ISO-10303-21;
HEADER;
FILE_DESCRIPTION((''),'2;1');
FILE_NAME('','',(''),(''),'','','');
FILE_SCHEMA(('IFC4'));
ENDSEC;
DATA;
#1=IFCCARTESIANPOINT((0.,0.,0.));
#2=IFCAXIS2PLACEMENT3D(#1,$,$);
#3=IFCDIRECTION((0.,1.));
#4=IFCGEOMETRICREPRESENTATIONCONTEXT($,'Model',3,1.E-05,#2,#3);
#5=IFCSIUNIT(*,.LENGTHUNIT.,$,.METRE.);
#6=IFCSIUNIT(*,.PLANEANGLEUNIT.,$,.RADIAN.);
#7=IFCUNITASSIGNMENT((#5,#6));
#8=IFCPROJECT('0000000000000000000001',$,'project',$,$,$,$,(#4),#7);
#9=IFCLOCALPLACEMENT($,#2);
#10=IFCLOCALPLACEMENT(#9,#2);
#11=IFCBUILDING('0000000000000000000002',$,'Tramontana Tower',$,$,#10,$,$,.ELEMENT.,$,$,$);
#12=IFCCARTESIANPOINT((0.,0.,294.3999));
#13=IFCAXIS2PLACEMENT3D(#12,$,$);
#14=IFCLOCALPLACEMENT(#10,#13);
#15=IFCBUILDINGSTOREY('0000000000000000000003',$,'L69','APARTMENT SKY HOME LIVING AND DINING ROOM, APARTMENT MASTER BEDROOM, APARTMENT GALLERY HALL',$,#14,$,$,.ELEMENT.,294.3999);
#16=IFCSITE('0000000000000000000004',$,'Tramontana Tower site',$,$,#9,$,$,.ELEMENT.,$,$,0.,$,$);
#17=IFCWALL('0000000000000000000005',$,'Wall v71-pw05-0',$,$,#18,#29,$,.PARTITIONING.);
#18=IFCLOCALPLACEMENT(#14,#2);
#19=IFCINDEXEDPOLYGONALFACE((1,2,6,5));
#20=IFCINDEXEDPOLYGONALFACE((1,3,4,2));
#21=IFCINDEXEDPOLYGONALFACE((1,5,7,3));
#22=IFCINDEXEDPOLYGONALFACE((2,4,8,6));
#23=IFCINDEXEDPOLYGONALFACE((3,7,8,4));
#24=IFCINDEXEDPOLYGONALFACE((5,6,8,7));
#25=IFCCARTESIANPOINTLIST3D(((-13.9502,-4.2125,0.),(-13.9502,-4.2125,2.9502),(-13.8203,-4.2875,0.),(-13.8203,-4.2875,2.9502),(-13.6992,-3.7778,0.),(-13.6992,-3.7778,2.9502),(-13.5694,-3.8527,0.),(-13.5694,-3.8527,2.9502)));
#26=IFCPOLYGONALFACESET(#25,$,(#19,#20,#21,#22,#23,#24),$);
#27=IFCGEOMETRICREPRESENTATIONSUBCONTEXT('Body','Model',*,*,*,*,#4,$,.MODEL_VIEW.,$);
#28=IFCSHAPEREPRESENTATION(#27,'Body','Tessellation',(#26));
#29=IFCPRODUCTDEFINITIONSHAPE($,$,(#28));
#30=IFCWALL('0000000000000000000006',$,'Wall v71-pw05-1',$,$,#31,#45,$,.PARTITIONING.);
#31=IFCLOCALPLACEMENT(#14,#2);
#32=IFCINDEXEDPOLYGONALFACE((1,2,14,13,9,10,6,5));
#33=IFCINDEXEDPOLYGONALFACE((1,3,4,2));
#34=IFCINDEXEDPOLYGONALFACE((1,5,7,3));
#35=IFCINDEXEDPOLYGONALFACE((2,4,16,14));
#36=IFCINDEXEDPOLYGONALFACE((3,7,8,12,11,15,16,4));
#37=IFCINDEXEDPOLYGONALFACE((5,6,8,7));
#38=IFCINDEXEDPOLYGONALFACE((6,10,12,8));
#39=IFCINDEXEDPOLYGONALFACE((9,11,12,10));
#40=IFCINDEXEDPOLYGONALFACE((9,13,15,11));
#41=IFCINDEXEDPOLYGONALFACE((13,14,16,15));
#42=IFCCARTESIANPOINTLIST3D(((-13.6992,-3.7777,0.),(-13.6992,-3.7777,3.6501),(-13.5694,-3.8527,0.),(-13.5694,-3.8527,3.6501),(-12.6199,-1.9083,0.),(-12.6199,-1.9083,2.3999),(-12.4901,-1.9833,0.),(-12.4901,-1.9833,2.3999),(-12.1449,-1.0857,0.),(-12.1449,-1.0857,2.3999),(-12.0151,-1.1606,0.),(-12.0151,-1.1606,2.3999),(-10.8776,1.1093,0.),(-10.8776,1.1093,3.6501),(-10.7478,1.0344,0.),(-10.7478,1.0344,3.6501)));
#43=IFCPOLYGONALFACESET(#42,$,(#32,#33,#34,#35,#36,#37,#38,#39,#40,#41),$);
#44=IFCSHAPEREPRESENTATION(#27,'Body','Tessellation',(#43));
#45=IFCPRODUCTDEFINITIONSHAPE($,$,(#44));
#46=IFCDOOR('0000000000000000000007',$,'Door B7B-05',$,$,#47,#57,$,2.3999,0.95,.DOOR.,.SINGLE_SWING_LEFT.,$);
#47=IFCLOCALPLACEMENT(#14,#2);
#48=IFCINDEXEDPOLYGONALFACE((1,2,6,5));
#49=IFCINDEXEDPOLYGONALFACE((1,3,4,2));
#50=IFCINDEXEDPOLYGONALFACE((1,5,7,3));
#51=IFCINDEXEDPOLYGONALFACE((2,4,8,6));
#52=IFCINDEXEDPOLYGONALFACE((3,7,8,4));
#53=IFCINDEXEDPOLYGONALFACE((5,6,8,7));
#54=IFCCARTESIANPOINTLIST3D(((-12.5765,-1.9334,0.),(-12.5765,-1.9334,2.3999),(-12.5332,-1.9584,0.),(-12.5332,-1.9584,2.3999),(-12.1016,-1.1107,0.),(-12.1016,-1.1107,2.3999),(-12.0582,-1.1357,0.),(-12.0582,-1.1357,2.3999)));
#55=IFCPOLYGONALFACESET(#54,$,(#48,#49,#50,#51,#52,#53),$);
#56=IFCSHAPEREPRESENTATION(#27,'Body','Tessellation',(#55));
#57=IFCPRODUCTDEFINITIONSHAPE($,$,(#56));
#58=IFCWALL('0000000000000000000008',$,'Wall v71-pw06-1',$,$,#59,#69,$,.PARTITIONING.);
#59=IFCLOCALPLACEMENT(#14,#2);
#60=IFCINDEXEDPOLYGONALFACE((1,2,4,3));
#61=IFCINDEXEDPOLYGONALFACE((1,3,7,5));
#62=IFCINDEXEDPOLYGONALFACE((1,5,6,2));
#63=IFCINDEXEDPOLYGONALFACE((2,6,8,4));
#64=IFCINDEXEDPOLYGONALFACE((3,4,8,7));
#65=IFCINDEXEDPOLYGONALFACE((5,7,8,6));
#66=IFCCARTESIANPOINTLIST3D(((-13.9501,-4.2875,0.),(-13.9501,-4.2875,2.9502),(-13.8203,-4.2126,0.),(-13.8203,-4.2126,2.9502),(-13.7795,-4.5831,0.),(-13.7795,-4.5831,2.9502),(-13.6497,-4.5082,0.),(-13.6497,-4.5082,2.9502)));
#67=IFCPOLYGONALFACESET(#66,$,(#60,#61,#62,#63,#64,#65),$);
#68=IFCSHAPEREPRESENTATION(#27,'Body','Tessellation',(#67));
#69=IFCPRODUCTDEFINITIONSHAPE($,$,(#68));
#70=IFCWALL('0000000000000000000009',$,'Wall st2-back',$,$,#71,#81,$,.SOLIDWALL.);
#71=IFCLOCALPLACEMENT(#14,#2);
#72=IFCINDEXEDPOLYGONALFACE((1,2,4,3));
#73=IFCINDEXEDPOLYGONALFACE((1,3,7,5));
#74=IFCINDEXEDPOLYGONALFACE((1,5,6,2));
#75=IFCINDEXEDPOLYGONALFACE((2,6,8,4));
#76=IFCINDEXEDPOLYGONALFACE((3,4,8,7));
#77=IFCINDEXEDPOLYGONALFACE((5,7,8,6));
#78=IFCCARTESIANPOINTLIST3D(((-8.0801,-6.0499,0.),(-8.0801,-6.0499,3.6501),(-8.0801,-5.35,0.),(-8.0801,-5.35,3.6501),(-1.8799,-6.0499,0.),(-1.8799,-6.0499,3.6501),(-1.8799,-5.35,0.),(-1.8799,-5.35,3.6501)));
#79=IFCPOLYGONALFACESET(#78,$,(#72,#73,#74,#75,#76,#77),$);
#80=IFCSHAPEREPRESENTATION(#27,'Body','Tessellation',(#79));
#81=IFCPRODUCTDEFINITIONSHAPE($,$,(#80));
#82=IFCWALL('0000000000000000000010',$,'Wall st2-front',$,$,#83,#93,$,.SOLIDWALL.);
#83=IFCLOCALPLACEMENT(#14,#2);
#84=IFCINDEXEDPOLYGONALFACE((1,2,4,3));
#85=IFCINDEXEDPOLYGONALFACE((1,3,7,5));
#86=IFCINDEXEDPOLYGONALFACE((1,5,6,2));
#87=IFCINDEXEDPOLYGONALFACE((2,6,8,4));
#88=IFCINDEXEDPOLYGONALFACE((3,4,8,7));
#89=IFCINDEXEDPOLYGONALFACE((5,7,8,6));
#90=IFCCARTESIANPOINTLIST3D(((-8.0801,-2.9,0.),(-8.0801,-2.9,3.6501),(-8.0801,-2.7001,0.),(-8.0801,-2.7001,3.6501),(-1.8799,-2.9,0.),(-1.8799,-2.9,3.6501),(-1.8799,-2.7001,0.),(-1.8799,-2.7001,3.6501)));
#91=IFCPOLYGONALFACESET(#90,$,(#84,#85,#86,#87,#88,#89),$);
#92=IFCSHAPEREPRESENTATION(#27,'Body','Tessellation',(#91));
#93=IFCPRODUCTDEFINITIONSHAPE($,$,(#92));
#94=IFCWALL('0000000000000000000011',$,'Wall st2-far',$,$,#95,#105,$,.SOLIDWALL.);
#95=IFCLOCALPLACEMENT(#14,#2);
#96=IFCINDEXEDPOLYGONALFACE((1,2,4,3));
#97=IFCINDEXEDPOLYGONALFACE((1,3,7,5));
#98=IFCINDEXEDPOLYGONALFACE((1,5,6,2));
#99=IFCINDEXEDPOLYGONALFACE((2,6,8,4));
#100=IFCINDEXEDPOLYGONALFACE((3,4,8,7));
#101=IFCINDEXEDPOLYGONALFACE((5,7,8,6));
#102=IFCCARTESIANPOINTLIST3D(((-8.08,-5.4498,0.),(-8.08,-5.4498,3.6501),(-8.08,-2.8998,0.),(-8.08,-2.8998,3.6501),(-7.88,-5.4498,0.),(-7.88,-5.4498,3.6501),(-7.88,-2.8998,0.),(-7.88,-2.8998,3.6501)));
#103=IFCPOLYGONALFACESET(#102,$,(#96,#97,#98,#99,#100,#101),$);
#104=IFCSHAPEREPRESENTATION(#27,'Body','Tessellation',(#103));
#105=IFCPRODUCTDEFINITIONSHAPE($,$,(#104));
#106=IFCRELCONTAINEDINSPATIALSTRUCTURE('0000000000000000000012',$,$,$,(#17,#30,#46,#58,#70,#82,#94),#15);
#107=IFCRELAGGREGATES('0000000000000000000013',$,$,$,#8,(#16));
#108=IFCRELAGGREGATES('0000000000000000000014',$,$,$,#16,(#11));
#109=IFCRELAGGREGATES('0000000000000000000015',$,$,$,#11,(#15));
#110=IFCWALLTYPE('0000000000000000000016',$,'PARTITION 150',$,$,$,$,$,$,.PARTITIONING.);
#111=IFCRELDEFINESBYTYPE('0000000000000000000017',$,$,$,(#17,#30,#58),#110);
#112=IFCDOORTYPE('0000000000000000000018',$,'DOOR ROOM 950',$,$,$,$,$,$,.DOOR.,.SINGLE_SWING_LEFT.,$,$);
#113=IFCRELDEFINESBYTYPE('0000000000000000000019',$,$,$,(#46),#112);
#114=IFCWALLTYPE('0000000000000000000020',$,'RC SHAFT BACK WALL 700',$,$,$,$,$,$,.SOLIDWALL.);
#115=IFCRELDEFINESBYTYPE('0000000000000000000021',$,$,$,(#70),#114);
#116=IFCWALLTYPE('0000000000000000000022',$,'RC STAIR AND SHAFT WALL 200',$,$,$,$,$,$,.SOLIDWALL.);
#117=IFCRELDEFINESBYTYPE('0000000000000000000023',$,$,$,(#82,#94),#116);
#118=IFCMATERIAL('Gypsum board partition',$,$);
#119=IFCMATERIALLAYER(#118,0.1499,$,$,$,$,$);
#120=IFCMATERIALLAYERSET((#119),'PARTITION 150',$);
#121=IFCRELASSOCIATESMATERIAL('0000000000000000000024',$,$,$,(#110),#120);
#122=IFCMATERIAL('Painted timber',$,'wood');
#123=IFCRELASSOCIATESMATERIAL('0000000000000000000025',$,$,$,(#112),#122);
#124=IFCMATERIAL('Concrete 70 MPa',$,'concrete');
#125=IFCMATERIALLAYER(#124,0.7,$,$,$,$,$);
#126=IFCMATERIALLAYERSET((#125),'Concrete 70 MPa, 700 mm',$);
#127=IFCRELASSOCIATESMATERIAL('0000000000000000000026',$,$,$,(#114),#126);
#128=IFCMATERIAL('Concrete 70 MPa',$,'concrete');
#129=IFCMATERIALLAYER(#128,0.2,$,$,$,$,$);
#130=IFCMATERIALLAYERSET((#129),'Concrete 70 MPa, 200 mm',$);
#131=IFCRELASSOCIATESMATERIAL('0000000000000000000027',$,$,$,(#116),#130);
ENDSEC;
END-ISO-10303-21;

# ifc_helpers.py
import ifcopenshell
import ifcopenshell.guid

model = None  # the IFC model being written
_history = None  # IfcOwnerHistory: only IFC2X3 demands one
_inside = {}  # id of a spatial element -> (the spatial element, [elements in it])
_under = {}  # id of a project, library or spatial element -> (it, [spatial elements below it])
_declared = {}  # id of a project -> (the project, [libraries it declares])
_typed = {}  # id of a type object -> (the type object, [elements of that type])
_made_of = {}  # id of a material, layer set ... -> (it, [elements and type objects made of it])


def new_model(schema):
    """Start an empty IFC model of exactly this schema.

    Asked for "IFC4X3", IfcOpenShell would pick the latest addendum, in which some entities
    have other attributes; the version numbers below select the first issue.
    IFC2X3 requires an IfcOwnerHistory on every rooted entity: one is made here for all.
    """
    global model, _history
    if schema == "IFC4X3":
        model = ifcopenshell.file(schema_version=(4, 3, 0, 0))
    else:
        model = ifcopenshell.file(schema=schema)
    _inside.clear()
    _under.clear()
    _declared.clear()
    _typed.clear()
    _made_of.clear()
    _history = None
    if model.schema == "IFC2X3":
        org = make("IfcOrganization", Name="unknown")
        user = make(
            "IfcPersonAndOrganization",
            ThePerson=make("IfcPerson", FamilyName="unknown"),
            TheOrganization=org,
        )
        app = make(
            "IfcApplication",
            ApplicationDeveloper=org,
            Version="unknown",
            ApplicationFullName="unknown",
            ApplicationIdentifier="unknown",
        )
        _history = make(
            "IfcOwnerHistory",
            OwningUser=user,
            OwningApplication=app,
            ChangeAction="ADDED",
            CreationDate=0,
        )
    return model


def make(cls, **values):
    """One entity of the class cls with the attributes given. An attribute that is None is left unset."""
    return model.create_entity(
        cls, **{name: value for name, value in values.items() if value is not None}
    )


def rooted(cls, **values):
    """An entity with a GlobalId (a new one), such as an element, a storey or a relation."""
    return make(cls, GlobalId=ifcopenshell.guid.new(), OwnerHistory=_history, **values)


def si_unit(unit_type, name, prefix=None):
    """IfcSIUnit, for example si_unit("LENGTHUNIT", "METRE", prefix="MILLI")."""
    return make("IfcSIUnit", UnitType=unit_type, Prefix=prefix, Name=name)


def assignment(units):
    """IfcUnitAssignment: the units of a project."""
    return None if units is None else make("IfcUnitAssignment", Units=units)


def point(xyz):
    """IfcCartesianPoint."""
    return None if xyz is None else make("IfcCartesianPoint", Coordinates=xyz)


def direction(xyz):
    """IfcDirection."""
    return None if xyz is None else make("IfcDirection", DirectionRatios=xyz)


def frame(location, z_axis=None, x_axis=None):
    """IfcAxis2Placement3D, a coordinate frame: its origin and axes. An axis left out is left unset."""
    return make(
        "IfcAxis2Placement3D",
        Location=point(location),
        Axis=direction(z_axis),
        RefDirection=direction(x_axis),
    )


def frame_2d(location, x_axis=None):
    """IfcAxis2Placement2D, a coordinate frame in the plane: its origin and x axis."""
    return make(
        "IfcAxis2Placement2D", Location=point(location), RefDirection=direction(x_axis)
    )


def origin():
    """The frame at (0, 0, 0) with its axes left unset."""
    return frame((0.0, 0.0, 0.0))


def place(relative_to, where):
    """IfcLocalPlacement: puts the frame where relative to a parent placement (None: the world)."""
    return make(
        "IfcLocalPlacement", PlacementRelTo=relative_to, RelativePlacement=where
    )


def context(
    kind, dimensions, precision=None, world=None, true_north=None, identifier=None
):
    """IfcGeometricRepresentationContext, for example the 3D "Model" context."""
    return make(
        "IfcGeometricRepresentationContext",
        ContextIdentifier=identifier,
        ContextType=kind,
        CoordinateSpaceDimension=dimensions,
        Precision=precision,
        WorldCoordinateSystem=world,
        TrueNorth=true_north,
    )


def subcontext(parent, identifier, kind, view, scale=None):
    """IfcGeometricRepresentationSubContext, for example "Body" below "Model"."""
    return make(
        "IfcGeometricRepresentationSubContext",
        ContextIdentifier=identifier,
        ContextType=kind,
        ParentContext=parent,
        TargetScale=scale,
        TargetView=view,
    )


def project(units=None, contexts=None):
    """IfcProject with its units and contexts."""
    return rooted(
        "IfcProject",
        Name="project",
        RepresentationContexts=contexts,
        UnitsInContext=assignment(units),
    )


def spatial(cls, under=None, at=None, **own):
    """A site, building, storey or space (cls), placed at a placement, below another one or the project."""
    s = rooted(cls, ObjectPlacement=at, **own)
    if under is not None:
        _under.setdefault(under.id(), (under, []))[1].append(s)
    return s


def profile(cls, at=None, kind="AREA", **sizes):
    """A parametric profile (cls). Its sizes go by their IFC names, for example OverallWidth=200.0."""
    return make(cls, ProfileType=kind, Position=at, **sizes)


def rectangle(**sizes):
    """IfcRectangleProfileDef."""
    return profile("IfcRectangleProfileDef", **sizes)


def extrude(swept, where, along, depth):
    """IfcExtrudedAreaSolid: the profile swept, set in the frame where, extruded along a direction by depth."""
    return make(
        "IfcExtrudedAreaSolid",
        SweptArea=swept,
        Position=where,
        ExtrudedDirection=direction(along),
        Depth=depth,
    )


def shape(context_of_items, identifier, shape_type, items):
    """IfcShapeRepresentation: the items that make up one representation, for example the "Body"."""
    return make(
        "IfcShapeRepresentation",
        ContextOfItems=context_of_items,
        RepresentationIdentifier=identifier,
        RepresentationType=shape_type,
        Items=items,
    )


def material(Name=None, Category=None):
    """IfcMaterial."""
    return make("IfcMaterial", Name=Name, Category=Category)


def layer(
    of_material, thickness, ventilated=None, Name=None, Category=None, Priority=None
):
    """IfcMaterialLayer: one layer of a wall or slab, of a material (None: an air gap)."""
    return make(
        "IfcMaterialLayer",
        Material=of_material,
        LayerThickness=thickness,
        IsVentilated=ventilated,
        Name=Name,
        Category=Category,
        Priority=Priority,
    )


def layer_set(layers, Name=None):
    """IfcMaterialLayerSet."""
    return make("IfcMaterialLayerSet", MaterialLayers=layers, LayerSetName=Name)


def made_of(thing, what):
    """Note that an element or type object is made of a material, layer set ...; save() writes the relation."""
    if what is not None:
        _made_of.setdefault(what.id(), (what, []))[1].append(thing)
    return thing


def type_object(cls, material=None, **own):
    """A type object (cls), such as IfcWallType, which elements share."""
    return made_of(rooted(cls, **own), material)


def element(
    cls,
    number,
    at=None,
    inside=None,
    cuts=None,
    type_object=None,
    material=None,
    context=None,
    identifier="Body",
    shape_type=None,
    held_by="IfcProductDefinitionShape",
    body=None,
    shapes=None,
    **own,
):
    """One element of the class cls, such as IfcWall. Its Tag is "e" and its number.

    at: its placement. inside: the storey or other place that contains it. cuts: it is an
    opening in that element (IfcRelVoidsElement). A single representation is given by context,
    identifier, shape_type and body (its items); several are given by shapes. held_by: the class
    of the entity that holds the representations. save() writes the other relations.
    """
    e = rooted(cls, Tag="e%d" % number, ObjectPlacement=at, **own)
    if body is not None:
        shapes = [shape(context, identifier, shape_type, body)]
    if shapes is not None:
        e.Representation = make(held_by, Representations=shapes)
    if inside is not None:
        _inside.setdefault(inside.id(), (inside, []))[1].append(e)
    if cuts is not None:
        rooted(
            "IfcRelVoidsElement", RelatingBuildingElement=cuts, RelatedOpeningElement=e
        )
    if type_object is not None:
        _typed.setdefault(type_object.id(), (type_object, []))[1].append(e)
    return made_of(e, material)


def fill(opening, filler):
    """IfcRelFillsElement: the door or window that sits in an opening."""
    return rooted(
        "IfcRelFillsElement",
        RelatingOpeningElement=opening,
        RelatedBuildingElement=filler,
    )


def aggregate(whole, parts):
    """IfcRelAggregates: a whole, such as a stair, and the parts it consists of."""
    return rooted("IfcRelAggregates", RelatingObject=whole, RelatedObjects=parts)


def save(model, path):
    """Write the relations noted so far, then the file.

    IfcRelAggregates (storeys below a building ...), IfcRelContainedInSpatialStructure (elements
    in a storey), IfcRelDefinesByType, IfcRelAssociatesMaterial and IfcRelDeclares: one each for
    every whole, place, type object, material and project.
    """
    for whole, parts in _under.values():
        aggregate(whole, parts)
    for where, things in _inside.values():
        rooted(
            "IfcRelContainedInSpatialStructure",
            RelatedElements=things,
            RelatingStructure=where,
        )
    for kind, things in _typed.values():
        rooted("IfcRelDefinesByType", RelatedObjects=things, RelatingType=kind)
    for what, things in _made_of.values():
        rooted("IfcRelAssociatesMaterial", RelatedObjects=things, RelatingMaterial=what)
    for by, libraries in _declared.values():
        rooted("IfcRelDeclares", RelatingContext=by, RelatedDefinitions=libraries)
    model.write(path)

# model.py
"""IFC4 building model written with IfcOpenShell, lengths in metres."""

from ifc_helpers import new_model, si_unit, direction, frame, frame_2d, origin, place, context, subcontext, project, spatial, rectangle, extrude, material, layer, layer_set, type_object, element, fill, save


model = new_model("IFC4")

# Units and contexts
model_context = context("Model", 3, precision=1e-05, world=origin(), true_north=direction((0.0, 1.0)))
body_context = subcontext(model_context, "Body", "Model", "MODEL_VIEW")
ifc_project = project(units=[si_unit("LENGTHUNIT", "METRE"), si_unit("PLANEANGLEUNIT", "RADIAN")], contexts=[model_context])

# Site, building, storey
site_placement = place(None, origin())
site = spatial("IfcSite", under=ifc_project, at=site_placement, Name="Tramontana Tower site", CompositionType="ELEMENT", RefElevation=0.0)
building_placement = place(site_placement, origin())
building = spatial("IfcBuilding", under=site, at=building_placement, Name="Tramontana Tower", CompositionType="ELEMENT")
storey_placement = place(building_placement, frame((0.0, 0.0, 294.3999)))
storey = spatial("IfcBuildingStorey", under=building, at=storey_placement, Name="L69", Description="APARTMENT SKY HOME LIVING AND DINING ROOM, APARTMENT MASTER BEDROOM, APARTMENT GALLERY HALL", CompositionType="ELEMENT", Elevation=294.3999)

# Wall
ifc_material_1 = material(Name="Gypsum board partition")
ifc_layer_1 = layer(ifc_material_1, 0.1499)
ifc_layer_set_1 = layer_set([ifc_layer_1], Name="PARTITION 150")
wall_type_1 = type_object("IfcWallType", Name="PARTITION 150", PredefinedType="PARTITIONING", material=ifc_layer_set_1)
wall_1_placement = place(storey_placement, frame((-13.8853, -4.25, 0.0), z_axis=(0.0, 0.0, 1.0), x_axis=(0.499905, 0.86608, 0.0)))
element("IfcWall", 1, at=wall_1_placement, inside=storey, type_object=wall_type_1, Name="Wall v71-pw05-0", PredefinedType="PARTITIONING", context=body_context, shape_type="SweptSolid", body=[
    extrude(rectangle(XDim=0.502, YDim=0.1499, at=frame_2d((0.251, 0.0))), origin(), (0.0, 0.0, 1.0), 2.9502),
])

# Wall, opening, door
wall_2_placement = place(storey_placement, frame((-13.6343, -3.8152, 0.0), z_axis=(0.0, 0.0, 1.0), x_axis=(0.500006, 0.866022, 0.0)))
wall_2 = element("IfcWall", 2, at=wall_2_placement, inside=storey, type_object=wall_type_1, Name="Wall v71-pw05-1", PredefinedType="PARTITIONING", context=body_context, shape_type="SweptSolid", body=[
    extrude(rectangle(XDim=5.6431, YDim=0.1499, at=frame_2d((2.8215, 0.0))), origin(), (0.0, 0.0, 1.0), 3.6501),
])
opening_1_placement = place(wall_2_placement, frame((2.1584, 0.0, 0.0)))
opening_1 = element("IfcOpeningElement", 3, at=opening_1_placement, cuts=wall_2, PredefinedType="OPENING", context=body_context, shape_type="SweptSolid", body=[
    extrude(rectangle(XDim=0.95, YDim=2.3999, at=frame_2d((0.4751, 1.2))), frame((0.0, 0.085, 0.0), z_axis=(0.0, -1.0, 0.0), x_axis=(1.0, 0.0, 0.0)), (0.0, 0.0, 1.0), 0.1699),
])
ifc_material_2 = material(Name="Painted timber", Category="wood")
door_type = type_object("IfcDoorType", Name="DOOR ROOM 950", OperationType="SINGLE_SWING_LEFT", PredefinedType="DOOR", material=ifc_material_2)
door_placement = place(opening_1_placement, origin())
door = element("IfcDoor", 4, at=door_placement, inside=storey, type_object=door_type, Name="Door B7B-05", OperationType="SINGLE_SWING_LEFT", OverallHeight=2.3999, OverallWidth=0.95, PredefinedType="DOOR", context=body_context, shape_type="SweptSolid", body=[
    extrude(rectangle(XDim=0.95, YDim=2.3999, at=frame_2d((0.4751, 1.2))), frame((0.0, 0.0249, 0.0), z_axis=(0.0, -1.0, 0.0), x_axis=(1.0, 0.0, 0.0)), (0.0, 0.0, 1.0), 0.05),
])
fill(opening_1, door)

# Walls
wall_3_placement = place(storey_placement, frame((-13.7146, -4.5457, 0.0), z_axis=(0.0, 0.0, 1.0), x_axis=(-0.499908, 0.866078, 0.0)))
element("IfcWall", 5, at=wall_3_placement, inside=storey, type_object=wall_type_1, Name="Wall v71-pw06-1", PredefinedType="PARTITIONING", context=body_context, shape_type="SweptSolid", body=[
    extrude(rectangle(XDim=0.3413, YDim=0.1499, at=frame_2d((0.1707, 0.0))), origin(), (0.0, 0.0, 1.0), 2.9502),
])
ifc_material_3 = material(Name="Concrete 70 MPa", Category="concrete")
ifc_layer_2 = layer(ifc_material_3, 0.7)
ifc_layer_set_2 = layer_set([ifc_layer_2], Name="Concrete 70 MPa, 700 mm")
wall_type_2 = type_object("IfcWallType", Name="RC SHAFT BACK WALL 700", PredefinedType="SOLIDWALL", material=ifc_layer_set_2)
wall_4_placement = place(storey_placement, frame((-8.0801, -5.7, 0.0), z_axis=(0.0, 0.0, 1.0), x_axis=(1.0, 0.0, 0.0)))
element("IfcWall", 6, at=wall_4_placement, inside=storey, type_object=wall_type_2, Name="Wall st2-back", PredefinedType="SOLIDWALL", context=body_context, shape_type="SweptSolid", body=[
    extrude(rectangle(XDim=6.2002, YDim=0.7, at=frame_2d((3.1001, 0.0))), origin(), (0.0, 0.0, 1.0), 3.6501),
])
ifc_material_4 = material(Name="Concrete 70 MPa", Category="concrete")
ifc_layer_3 = layer(ifc_material_4, 0.2)
ifc_layer_set_3 = layer_set([ifc_layer_3], Name="Concrete 70 MPa, 200 mm")
wall_type_3 = type_object("IfcWallType", Name="RC STAIR AND SHAFT WALL 200", PredefinedType="SOLIDWALL", material=ifc_layer_set_3)
wall_5_placement = place(storey_placement, frame((-8.0801, -2.8, 0.0), z_axis=(0.0, 0.0, 1.0), x_axis=(1.0, 0.0, 0.0)))
element("IfcWall", 7, at=wall_5_placement, inside=storey, type_object=wall_type_3, Name="Wall st2-front", PredefinedType="SOLIDWALL", context=body_context, shape_type="SweptSolid", body=[
    extrude(rectangle(XDim=6.2002, YDim=0.2, at=frame_2d((3.1001, 0.0))), origin(), (0.0, 0.0, 1.0), 3.6501),
])
wall_6_placement = place(storey_placement, frame((-7.98, -2.8999, 0.0), z_axis=(0.0, 0.0, 1.0), x_axis=(0.0, -1.0, 0.0)))
element("IfcWall", 8, at=wall_6_placement, inside=storey, type_object=wall_type_3, Name="Wall st2-far", PredefinedType="SOLIDWALL", context=body_context, shape_type="SweptSolid", body=[
    extrude(rectangle(XDim=2.55, YDim=0.2, at=frame_2d((1.2749, 0.0))), origin(), (0.0, 0.0, 1.0), 3.6501),
])

save(model, "model.ifc")
